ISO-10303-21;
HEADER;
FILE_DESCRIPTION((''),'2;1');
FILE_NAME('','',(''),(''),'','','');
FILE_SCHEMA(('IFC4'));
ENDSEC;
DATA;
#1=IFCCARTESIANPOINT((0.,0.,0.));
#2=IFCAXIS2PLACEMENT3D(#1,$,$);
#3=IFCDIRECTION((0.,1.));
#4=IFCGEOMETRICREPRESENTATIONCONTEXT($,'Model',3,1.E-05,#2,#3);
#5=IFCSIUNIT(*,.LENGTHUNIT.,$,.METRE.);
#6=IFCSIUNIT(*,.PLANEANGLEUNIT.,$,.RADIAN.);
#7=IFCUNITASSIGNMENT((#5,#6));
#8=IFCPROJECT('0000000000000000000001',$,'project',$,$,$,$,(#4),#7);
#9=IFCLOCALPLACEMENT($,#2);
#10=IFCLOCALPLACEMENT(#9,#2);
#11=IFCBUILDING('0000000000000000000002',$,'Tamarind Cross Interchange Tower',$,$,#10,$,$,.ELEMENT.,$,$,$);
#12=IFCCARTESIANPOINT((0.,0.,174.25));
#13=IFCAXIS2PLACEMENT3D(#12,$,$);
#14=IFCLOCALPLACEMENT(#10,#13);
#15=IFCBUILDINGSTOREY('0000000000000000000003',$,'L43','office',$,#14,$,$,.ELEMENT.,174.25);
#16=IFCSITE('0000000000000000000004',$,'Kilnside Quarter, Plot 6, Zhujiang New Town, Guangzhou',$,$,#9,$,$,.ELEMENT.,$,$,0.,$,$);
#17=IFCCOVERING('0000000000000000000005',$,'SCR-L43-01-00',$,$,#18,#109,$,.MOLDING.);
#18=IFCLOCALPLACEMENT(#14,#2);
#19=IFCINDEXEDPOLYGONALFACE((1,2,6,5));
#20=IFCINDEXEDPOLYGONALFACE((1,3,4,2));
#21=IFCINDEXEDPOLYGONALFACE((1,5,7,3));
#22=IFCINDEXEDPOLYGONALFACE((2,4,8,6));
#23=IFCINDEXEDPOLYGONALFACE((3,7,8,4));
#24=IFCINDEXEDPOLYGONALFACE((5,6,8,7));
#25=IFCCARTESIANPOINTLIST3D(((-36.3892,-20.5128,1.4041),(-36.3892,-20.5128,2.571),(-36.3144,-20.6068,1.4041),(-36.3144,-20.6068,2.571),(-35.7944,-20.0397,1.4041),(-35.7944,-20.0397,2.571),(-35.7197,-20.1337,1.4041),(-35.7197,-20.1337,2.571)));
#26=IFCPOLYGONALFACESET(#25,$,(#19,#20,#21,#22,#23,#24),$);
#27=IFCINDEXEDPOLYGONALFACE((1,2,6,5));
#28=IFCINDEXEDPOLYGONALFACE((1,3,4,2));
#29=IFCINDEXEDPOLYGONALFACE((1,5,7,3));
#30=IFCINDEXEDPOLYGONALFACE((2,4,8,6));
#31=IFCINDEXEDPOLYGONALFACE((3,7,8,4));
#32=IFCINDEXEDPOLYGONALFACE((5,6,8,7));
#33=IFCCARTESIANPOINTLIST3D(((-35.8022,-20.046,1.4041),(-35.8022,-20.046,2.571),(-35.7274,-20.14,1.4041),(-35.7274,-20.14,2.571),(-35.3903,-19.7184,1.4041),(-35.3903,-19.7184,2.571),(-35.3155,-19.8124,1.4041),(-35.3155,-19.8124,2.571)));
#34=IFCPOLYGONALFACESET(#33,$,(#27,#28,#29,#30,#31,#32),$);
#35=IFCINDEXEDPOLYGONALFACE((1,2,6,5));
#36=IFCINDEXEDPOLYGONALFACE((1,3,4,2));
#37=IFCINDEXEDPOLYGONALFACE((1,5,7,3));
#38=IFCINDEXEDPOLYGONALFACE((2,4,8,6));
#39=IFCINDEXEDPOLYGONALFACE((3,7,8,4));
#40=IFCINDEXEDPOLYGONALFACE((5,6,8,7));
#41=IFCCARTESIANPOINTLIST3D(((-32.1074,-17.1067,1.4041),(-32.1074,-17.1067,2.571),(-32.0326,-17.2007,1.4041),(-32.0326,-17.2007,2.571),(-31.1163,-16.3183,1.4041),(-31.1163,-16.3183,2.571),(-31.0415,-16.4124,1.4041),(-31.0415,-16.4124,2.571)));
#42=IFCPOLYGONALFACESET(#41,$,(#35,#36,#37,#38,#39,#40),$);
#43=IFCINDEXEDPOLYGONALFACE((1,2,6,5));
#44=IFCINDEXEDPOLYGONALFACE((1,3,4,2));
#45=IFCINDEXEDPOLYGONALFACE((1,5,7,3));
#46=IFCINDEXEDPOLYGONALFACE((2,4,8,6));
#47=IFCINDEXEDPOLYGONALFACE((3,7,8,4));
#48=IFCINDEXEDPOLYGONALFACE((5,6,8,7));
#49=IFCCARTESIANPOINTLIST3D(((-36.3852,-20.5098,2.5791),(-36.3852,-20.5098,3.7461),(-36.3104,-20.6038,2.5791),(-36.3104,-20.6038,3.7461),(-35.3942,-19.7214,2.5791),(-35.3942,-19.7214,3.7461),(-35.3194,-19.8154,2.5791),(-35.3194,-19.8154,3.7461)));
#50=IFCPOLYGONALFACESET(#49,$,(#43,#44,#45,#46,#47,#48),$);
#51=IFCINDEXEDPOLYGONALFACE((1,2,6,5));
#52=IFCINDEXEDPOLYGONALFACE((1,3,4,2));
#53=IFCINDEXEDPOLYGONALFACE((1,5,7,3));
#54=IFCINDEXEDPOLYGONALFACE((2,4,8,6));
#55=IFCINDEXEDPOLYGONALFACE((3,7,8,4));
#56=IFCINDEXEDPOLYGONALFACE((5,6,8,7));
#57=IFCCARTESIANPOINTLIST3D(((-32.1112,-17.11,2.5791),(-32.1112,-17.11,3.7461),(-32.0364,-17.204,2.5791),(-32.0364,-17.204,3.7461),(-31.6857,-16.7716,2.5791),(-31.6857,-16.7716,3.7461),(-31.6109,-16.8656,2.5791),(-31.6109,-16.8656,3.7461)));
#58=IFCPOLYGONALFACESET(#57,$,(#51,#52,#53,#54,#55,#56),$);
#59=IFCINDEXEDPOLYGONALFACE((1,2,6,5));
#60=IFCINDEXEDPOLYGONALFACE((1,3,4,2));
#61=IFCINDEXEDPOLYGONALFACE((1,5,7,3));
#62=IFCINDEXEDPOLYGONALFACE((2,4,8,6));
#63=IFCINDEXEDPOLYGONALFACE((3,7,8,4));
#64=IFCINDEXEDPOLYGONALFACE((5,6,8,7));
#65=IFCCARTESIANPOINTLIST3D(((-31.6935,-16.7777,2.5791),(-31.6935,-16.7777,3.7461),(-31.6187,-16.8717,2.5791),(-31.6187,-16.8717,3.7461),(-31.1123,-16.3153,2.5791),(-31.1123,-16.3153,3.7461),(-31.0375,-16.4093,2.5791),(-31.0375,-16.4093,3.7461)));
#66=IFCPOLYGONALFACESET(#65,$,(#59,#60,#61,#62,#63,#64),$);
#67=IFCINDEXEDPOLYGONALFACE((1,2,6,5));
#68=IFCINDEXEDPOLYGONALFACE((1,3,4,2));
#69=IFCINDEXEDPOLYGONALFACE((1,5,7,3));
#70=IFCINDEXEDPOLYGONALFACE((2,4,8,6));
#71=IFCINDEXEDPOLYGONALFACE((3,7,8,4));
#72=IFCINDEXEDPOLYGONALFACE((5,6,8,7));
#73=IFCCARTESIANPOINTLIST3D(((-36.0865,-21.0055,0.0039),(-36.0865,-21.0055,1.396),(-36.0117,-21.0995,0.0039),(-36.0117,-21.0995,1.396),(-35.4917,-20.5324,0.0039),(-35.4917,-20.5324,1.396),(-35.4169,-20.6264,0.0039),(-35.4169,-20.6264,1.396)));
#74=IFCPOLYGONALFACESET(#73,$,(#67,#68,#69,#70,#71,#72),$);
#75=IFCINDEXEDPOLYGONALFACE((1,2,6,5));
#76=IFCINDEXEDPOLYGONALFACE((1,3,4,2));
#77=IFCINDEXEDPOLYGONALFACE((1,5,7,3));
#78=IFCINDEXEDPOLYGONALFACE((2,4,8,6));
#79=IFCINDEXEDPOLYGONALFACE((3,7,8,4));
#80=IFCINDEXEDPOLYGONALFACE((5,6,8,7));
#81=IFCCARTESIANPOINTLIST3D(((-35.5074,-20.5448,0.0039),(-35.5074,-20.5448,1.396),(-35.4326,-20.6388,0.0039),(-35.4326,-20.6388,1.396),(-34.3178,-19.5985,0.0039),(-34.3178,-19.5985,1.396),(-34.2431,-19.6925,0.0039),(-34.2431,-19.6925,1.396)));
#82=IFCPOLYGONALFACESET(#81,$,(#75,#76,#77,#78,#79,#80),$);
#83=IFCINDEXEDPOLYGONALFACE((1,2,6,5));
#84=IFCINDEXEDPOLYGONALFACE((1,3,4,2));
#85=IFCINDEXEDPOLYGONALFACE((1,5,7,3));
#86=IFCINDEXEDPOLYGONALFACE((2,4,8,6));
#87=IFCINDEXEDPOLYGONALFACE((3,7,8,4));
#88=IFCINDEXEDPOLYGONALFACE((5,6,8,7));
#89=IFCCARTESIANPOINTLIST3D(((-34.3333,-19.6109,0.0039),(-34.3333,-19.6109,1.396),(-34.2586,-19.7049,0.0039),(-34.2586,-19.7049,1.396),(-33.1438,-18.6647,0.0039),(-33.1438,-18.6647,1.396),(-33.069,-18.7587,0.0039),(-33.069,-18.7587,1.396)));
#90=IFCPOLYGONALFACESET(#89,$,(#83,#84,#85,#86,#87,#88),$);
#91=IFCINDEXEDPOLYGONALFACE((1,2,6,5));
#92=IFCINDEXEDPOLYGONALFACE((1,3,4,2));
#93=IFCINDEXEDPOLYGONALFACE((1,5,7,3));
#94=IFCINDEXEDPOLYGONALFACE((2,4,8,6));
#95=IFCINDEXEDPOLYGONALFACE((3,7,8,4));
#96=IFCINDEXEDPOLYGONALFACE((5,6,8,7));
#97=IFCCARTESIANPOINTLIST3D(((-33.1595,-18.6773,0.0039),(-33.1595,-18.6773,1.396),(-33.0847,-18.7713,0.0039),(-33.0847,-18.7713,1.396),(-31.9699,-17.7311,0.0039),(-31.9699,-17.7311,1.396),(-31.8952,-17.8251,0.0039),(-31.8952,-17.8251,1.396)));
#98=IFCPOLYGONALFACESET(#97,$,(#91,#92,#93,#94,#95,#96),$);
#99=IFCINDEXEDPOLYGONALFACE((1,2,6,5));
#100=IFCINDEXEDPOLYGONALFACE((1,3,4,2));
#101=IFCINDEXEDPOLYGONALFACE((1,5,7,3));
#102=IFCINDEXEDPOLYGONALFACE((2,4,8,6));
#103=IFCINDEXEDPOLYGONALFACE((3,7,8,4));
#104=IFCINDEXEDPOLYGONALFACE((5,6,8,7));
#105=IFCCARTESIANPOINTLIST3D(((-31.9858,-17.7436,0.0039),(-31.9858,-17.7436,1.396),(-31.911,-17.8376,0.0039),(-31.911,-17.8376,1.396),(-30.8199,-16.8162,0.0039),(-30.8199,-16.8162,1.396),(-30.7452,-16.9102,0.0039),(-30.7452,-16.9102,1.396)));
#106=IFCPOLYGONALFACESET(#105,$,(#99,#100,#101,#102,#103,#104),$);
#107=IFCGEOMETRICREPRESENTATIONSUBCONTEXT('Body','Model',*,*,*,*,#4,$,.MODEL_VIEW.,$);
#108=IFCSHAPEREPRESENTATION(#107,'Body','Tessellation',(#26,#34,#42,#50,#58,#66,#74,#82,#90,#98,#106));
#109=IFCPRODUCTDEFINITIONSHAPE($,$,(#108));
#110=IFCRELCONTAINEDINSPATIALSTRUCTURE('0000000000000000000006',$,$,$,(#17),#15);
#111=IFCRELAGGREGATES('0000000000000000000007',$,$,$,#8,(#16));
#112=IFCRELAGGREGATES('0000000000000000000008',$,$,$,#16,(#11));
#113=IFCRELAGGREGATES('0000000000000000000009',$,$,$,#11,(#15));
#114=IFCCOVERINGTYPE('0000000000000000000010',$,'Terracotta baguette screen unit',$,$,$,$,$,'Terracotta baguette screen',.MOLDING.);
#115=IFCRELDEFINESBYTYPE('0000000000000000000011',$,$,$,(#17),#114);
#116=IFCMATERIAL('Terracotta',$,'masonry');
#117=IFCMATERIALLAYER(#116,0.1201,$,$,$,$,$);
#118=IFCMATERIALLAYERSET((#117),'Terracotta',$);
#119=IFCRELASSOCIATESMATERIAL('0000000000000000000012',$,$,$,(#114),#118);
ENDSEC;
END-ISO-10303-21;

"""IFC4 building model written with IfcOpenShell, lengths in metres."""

from ifc_helpers import new_model, si_unit, direction, frame, origin, origin_2d, place, context, subcontext, project, spatial, rectangle, extrude, material, layer, layer_set, type_object, element, save


model = new_model("IFC4")

# Units and contexts
model_context = context("Model", 3, precision=1e-05, world=origin(), true_north=direction((0.0, 1.0)))
body_context = subcontext(model_context, "Body", "Model", "MODEL_VIEW")
ifc_project = project(units=[si_unit("LENGTHUNIT", "METRE"), si_unit("PLANEANGLEUNIT", "RADIAN")], contexts=[model_context])

# Site, building, storey
site_placement = place(None, origin())
site = spatial("IfcSite", under=ifc_project, at=site_placement, Name="Kilnside Quarter, Plot 6, Zhujiang New Town, Guangzhou", CompositionType="ELEMENT", RefElevation=0.0)
building_placement = place(site_placement, origin())
building = spatial("IfcBuilding", under=site, at=building_placement, Name="Tamarind Cross Interchange Tower", CompositionType="ELEMENT")
storey_placement = place(building_placement, frame((0.0, 0.0, 174.25)))
storey = spatial("IfcBuildingStorey", under=building, at=storey_placement, Name="L43", Description="office", CompositionType="ELEMENT", Elevation=174.25)

# Covering
ifc_material_1 = material(Name="Terracotta", Category="masonry")
ifc_layer_1 = layer(ifc_material_1, 0.1201)
ifc_layer_set_1 = layer_set([ifc_layer_1], Name="Terracotta")
covering_type = type_object("IfcCoveringType", Name="Terracotta baguette screen unit", ElementType="Terracotta baguette screen", PredefinedType="MOLDING", material=ifc_layer_set_1)
covering_1_placement = place(storey_placement, origin())
element("IfcCovering", 1, at=covering_1_placement, inside=storey, type_object=covering_type, Name="SCR-L43-01-00", PredefinedType="MOLDING", context=body_context, shape_type="SweptSolid", body=[
    extrude(rectangle(XDim=0.76, YDim=0.1201, at=origin_2d()), frame((-36.0544, -20.3232, 1.4041), z_axis=(0.0, 0.0, 1.0), x_axis=(0.7826, 0.622525, 0.0)), (0.0, 0.0, 1.0), 1.167),
    extrude(rectangle(XDim=0.5264, YDim=0.1201, at=origin_2d()), frame((-35.5588, -19.9292, 1.4041), z_axis=(0.0, 0.0, 1.0), x_axis=(0.7826, 0.622525, 0.0)), (0.0, 0.0, 1.0), 1.167),
    extrude(rectangle(XDim=1.2664, YDim=0.1201, at=origin_2d()), frame((-31.5745, -16.7595, 1.4041), z_axis=(0.0, 0.0, 1.0), x_axis=(0.7826, 0.622525, 0.0)), (0.0, 0.0, 1.0), 1.167),
    extrude(rectangle(XDim=1.2664, YDim=0.1201, at=origin_2d()), frame((-35.8523, -20.1626, 2.5791), z_axis=(0.0, 0.0, 1.0), x_axis=(0.7826, 0.622525, 0.0)), (0.0, 0.0, 1.0), 1.167),
    extrude(rectangle(XDim=0.5437, YDim=0.1201, at=origin_2d()), frame((-31.8611, -16.9878, 2.5791), z_axis=(0.0, 0.0, 1.0), x_axis=(0.7826, 0.622525, 0.0)), (0.0, 0.0, 1.0), 1.167),
    extrude(rectangle(XDim=0.7427, YDim=0.1201, at=origin_2d()), frame((-31.3655, -16.5935, 2.5791), z_axis=(0.0, 0.0, 1.0), x_axis=(0.7826, 0.622525, 0.0)), (0.0, 0.0, 1.0), 1.167),
    extrude(rectangle(XDim=0.76, YDim=0.1201, at=origin_2d()), frame((-35.7517, -20.8159, 0.0039), z_axis=(0.0, 0.0, 1.0), x_axis=(0.7826, 0.622525, 0.0)), (0.0, 0.0, 1.0), 1.3921),
    extrude(rectangle(XDim=1.52, YDim=0.1201, at=origin_2d()), frame((-34.8752, -20.1187, 0.0039), z_axis=(0.0, 0.0, 1.0), x_axis=(0.7826, 0.622525, 0.0)), (0.0, 0.0, 1.0), 1.3921),
    extrude(rectangle(XDim=1.52, YDim=0.1201, at=origin_2d()), frame((-33.7012, -19.1848, 0.0039), z_axis=(0.0, 0.0, 1.0), x_axis=(0.7826, 0.622525, 0.0)), (0.0, 0.0, 1.0), 1.3921),
    extrude(rectangle(XDim=1.52, YDim=0.1201, at=origin_2d()), frame((-32.5273, -18.2512, 0.0039), z_axis=(0.0, 0.0, 1.0), x_axis=(0.7826, 0.622525, 0.0)), (0.0, 0.0, 1.0), 1.3921),
    extrude(rectangle(XDim=1.4897, YDim=0.1201, at=origin_2d()), frame((-31.3655, -17.3269, 0.0039), z_axis=(0.0, 0.0, 1.0), x_axis=(0.7826, 0.622525, 0.0)), (0.0, 0.0, 1.0), 1.3921),
])

save(model, "model.ifc")
